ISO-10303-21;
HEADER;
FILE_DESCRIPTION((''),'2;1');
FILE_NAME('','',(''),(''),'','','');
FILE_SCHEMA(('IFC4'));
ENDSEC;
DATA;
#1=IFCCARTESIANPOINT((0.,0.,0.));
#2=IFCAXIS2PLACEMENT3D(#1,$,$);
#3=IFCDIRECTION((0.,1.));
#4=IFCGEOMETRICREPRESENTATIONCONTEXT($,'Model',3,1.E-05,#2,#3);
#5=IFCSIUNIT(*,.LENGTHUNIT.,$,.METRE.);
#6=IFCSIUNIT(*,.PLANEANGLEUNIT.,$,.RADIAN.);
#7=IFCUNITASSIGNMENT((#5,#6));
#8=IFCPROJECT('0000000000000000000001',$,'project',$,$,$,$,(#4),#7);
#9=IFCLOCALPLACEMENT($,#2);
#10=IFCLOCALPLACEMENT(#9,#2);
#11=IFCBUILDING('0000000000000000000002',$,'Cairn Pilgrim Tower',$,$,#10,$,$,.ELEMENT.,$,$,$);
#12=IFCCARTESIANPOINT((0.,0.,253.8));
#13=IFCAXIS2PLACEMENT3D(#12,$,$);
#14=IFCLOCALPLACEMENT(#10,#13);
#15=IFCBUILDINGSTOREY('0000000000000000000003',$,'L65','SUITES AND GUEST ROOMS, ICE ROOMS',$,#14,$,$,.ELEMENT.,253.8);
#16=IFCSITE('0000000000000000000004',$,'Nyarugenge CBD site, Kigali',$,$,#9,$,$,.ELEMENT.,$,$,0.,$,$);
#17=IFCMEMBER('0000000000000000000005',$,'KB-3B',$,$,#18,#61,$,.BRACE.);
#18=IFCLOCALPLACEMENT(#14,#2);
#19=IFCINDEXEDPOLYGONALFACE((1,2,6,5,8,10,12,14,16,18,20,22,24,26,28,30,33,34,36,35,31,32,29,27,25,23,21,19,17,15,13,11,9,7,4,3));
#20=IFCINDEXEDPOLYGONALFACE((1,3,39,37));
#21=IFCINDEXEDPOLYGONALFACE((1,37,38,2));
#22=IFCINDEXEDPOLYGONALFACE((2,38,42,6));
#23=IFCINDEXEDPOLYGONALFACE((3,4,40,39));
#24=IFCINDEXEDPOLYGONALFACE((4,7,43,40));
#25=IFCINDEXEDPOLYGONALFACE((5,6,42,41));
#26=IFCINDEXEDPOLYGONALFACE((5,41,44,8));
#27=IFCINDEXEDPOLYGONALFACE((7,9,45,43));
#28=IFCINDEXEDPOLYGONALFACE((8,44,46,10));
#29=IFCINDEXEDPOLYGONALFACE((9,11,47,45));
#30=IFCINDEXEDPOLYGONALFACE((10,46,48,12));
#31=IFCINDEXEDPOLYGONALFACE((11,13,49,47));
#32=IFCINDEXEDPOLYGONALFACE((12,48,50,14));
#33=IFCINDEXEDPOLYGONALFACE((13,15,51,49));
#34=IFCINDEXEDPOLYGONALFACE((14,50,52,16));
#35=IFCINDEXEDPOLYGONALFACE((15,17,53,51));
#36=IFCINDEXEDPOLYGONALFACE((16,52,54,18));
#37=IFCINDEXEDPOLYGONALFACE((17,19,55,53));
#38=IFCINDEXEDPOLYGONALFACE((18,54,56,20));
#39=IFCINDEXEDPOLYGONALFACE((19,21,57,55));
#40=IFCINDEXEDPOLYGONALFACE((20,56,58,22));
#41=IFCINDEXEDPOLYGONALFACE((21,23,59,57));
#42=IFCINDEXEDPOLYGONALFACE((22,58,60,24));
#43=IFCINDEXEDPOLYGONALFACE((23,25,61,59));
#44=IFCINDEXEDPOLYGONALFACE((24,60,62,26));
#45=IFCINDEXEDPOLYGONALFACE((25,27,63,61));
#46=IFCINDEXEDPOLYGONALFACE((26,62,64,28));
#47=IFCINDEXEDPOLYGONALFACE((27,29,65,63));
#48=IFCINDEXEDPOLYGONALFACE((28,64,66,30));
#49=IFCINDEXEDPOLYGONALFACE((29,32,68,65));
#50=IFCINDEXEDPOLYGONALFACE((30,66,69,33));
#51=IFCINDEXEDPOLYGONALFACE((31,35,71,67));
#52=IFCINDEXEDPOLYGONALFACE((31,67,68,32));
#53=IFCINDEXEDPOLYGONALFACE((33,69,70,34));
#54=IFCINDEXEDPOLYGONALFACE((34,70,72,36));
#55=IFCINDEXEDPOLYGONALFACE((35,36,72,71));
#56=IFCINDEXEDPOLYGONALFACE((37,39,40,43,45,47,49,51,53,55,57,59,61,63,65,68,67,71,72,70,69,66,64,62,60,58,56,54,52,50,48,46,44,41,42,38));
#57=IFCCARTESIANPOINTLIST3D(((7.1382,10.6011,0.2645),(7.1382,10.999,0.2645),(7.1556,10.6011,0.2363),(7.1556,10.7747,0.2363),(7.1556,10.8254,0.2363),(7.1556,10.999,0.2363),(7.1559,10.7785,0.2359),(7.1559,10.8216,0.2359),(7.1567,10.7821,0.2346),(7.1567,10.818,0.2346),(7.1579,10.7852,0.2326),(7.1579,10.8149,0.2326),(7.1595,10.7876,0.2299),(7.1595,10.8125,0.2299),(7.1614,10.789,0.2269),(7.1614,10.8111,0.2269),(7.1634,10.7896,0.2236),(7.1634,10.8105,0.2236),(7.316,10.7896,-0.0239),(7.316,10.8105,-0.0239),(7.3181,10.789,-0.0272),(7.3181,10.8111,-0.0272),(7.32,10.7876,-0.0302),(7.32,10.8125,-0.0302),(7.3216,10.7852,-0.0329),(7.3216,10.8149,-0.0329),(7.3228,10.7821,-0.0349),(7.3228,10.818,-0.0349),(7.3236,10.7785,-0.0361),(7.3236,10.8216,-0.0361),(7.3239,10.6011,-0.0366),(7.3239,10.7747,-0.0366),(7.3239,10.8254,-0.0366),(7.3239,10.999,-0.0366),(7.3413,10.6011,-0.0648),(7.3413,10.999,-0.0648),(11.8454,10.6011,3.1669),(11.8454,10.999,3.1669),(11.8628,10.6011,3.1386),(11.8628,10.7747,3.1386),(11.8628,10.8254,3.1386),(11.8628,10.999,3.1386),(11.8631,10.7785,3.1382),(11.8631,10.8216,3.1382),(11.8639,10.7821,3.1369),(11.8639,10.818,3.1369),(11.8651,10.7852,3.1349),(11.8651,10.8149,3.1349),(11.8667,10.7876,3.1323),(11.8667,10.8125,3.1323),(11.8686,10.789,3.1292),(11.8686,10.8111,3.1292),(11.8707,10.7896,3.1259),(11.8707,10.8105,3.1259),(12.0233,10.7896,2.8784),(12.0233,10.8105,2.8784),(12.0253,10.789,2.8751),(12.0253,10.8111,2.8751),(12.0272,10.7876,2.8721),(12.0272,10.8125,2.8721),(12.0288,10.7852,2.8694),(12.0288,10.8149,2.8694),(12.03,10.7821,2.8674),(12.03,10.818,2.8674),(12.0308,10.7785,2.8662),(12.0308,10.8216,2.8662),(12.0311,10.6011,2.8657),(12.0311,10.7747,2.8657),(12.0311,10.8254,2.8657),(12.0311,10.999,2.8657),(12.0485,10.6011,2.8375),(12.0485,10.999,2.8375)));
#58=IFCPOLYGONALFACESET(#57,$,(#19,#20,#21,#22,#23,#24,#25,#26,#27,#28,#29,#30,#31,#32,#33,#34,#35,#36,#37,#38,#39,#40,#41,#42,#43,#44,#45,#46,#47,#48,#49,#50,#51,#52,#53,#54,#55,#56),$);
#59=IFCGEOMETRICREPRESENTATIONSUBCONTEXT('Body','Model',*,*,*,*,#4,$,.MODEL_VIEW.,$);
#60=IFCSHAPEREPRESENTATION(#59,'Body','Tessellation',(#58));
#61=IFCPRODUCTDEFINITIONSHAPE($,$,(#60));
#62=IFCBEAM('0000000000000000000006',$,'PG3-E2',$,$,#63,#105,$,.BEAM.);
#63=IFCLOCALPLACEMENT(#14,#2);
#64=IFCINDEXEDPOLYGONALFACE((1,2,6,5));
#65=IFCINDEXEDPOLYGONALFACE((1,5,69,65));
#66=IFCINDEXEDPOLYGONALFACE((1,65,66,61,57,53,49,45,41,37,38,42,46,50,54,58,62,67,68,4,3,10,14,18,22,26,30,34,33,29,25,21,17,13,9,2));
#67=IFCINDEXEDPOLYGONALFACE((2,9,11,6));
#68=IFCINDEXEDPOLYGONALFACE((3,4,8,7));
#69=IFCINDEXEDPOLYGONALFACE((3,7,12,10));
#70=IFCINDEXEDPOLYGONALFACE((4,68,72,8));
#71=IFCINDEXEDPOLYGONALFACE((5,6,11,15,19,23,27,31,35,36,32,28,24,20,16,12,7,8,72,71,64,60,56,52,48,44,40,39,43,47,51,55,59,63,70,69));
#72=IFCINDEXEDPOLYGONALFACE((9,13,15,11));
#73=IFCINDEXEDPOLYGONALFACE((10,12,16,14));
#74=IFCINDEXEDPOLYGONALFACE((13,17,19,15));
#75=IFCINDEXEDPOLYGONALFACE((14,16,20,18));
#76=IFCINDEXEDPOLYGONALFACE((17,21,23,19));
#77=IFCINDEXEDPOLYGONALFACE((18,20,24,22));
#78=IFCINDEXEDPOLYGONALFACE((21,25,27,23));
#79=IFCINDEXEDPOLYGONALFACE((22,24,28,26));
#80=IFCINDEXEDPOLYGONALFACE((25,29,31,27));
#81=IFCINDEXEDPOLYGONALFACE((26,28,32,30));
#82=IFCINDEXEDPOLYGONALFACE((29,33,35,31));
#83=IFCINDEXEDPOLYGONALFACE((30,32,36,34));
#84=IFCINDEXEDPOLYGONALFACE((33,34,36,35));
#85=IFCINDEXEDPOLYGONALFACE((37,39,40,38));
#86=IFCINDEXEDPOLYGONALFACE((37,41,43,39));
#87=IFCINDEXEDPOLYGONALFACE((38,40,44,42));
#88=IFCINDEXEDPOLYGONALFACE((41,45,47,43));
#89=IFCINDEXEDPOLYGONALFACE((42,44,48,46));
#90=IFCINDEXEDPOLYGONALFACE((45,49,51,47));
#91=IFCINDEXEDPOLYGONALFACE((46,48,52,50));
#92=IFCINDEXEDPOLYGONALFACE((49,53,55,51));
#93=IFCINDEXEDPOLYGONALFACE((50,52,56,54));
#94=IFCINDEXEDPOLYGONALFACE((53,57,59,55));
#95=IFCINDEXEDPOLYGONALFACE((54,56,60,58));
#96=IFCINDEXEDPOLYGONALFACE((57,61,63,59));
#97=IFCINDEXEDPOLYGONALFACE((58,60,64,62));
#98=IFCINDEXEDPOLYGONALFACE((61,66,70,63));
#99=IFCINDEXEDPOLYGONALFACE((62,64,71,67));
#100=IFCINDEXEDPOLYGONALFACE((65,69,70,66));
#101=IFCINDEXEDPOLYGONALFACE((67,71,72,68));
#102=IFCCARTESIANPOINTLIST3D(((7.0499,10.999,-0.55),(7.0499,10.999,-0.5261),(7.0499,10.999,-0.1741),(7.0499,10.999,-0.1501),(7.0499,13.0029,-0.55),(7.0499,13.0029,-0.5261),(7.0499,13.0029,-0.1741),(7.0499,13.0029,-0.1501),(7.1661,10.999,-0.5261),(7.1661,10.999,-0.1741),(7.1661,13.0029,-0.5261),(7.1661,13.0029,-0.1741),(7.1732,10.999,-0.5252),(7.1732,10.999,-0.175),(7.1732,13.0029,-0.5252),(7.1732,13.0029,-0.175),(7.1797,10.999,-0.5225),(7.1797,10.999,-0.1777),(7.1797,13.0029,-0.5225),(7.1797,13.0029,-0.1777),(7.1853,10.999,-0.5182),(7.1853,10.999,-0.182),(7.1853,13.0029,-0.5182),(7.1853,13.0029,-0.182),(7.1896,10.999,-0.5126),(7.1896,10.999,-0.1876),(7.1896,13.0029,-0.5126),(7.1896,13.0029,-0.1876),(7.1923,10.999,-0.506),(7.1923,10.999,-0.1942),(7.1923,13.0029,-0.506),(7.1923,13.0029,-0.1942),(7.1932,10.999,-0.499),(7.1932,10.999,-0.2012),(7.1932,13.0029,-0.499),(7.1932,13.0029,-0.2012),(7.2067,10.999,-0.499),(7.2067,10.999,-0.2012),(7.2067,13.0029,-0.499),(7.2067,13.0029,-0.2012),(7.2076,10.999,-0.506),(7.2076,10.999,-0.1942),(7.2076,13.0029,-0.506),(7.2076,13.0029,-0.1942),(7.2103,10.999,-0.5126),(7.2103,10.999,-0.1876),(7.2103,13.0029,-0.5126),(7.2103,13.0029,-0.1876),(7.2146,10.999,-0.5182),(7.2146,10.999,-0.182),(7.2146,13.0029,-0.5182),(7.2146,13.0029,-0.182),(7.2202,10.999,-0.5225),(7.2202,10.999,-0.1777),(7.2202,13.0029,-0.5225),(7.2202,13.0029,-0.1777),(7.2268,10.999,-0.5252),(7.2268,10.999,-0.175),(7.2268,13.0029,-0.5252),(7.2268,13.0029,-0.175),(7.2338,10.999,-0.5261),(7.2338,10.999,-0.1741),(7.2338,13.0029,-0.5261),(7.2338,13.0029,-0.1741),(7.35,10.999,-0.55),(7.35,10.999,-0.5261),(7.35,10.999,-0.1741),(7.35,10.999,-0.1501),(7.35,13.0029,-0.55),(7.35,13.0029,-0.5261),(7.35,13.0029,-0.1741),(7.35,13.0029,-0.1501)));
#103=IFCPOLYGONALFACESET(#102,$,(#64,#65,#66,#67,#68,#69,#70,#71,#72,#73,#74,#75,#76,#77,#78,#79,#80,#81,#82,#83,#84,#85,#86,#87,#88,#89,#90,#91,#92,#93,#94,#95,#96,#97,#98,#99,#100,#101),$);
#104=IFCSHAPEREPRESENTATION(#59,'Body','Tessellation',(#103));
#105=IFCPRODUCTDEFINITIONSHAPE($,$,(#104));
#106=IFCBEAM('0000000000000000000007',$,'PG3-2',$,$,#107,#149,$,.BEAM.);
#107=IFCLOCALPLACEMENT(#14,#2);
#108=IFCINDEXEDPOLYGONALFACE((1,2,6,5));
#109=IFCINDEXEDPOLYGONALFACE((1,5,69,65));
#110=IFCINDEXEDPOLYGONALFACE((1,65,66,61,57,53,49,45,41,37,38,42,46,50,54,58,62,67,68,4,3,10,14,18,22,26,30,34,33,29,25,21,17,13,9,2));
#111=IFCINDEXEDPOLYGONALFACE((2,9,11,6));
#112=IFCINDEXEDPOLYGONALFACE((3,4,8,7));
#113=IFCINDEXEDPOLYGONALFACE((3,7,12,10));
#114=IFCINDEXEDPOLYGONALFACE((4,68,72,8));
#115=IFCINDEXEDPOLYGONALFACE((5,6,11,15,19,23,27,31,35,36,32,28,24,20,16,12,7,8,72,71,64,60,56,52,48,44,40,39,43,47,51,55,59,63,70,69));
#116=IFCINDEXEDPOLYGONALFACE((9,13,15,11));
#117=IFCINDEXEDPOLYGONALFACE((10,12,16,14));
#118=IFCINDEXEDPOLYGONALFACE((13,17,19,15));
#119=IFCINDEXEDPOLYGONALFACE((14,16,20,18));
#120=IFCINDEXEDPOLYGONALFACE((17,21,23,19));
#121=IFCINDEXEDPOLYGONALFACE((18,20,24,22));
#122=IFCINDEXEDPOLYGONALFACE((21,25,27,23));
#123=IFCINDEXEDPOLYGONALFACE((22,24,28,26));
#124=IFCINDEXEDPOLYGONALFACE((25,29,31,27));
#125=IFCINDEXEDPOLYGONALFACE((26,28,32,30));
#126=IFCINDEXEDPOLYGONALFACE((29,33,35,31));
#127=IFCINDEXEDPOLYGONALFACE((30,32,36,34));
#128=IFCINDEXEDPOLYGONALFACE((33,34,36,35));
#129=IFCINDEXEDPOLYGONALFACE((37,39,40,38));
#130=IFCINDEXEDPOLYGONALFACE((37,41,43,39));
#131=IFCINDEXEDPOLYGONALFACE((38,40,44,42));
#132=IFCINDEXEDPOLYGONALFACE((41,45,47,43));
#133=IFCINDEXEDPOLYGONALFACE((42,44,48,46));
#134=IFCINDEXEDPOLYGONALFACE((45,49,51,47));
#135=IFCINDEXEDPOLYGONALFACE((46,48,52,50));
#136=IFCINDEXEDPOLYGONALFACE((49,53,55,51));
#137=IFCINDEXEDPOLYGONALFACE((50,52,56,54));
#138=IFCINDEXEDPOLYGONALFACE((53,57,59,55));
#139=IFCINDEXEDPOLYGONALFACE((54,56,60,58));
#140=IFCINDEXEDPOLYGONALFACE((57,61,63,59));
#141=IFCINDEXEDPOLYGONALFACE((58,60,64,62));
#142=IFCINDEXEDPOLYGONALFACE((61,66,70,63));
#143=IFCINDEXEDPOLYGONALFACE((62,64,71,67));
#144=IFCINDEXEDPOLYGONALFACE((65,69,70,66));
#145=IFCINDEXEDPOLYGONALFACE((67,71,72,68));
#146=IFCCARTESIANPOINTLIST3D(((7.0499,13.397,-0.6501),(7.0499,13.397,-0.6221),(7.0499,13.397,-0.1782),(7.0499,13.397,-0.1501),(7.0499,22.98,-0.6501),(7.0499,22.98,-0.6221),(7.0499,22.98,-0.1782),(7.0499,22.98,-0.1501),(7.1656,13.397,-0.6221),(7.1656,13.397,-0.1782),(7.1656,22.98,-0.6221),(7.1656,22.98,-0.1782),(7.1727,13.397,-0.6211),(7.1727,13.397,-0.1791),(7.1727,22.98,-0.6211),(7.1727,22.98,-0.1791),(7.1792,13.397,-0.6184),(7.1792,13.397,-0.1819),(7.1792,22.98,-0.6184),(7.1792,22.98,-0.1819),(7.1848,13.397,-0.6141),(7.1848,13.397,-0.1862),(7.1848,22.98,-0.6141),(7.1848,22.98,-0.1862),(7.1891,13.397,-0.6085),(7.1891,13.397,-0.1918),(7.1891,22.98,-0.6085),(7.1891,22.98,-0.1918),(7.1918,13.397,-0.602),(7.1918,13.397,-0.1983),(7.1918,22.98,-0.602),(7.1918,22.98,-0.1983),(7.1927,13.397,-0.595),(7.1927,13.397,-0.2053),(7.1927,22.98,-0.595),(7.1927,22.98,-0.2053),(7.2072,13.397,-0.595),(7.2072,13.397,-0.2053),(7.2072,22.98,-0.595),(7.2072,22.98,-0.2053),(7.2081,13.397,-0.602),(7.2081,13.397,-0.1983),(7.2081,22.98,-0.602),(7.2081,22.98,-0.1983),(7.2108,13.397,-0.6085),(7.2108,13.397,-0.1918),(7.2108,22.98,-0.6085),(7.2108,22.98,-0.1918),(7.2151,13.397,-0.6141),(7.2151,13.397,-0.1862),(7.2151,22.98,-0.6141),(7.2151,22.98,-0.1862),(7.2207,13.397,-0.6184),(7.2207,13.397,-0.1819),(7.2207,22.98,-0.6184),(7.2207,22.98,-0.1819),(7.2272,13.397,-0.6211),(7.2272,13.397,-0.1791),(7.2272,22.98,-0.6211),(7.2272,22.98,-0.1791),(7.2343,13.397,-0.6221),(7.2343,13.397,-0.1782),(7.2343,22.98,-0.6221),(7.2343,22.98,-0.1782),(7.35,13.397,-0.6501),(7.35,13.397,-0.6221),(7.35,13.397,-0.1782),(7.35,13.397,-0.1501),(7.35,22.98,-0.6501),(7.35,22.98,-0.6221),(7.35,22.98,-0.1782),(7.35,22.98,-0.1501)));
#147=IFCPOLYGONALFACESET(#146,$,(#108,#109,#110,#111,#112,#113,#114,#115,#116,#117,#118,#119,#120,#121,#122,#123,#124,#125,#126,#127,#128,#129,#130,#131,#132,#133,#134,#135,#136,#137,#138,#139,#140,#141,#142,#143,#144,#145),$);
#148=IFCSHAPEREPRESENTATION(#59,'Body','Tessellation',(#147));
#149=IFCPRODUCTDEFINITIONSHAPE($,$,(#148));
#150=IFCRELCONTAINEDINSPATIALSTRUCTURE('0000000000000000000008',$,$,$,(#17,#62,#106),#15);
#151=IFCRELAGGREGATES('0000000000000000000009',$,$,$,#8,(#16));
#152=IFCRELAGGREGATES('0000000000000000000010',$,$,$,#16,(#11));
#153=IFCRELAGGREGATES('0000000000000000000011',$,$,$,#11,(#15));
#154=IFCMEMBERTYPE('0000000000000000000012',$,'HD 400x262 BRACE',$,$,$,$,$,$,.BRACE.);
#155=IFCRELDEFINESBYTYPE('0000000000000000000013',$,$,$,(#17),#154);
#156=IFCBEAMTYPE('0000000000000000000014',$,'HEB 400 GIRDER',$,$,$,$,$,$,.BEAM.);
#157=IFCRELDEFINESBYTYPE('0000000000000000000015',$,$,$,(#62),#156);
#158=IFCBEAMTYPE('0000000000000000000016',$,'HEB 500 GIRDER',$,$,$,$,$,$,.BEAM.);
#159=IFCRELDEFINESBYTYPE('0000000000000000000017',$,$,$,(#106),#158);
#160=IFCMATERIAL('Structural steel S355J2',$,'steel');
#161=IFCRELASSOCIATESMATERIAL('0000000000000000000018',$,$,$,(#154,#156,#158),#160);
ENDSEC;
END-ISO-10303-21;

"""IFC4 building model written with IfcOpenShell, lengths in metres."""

from ifc_helpers import new_model, si_unit, direction, frame, origin, origin_2d, place, context, subcontext, project, spatial, i_section, extrude, material, material_profile, profile_set, type_object, element, save


model = new_model("IFC4")

# Units and contexts
model_context = context("Model", 3, precision=1e-05, world=origin(), true_north=direction((0.0, 1.0)))
body_context = subcontext(model_context, "Body", "Model", "MODEL_VIEW")
ifc_project = project(units=[si_unit("LENGTHUNIT", "METRE"), si_unit("PLANEANGLEUNIT", "RADIAN")], contexts=[model_context])

# Site, building, storey
site_placement = place(None, origin())
site = spatial("IfcSite", under=ifc_project, at=site_placement, Name="Nyarugenge CBD site, Kigali", CompositionType="ELEMENT", RefElevation=0.0)
building_placement = place(site_placement, origin())
building = spatial("IfcBuilding", under=site, at=building_placement, Name="Cairn Pilgrim Tower", CompositionType="ELEMENT")
storey_placement = place(building_placement, frame((0.0, 0.0, 253.8)))
storey = spatial("IfcBuildingStorey", under=building, at=storey_placement, Name="L65", Description="SUITES AND GUEST ROOMS, ICE ROOMS", CompositionType="ELEMENT", Elevation=253.8)

# Shared definitions
ifc_material_1 = material(Name="Structural steel S355J2", Category="steel")

# Member
ifc_material_profile_1 = material_profile(ifc_material_1, i_section(OverallWidth=0.3979, OverallDepth=0.387, WebThickness=0.021, FlangeThickness=0.0332, FilletRadius=0.0149, at=origin_2d()), Name="HD 400x262")
ifc_profile_set_1 = profile_set([ifc_material_profile_1], Name="Structural steel S355J2")
member_type_1 = type_object("IfcMemberType", Name="HD 400x262 BRACE", PredefinedType="BRACE", material=ifc_profile_set_1)
member_1_placement = place(storey_placement, frame((7.2397, 10.8, 0.0999), z_axis=(0.851209, 0.0, 0.524826), x_axis=(0.0, 1.0, 0.0)))
element("IfcMember", 1, at=member_1_placement, inside=storey, type_object=member_type_1, Name="KB-3B", PredefinedType="BRACE", context=body_context, shape_type="SweptSolid", body=[
    extrude(i_section(OverallWidth=0.3979, OverallDepth=0.387, WebThickness=0.021, FlangeThickness=0.0332, FilletRadius=0.0149, at=origin_2d()), origin(), (0.0, 0.0, 1.0), 5.53),
])

# Beams
ifc_material_profile_2 = material_profile(ifc_material_1, i_section(OverallWidth=0.3, OverallDepth=0.3999, WebThickness=0.0134, FlangeThickness=0.0239, FilletRadius=0.0271, at=origin_2d()), Name="HEB 400")
ifc_profile_set_2 = profile_set([ifc_material_profile_2], Name="Structural steel S355J2")
beam_type_1 = type_object("IfcBeamType", Name="HEB 400 GIRDER", PredefinedType="BEAM", material=ifc_profile_set_2)
beam_1_placement = place(storey_placement, frame((7.2, 10.999, -0.3501), z_axis=(0.0, 1.0, 0.0), x_axis=(-1.0, 0.0, 0.0)))
element("IfcBeam", 2, at=beam_1_placement, inside=storey, type_object=beam_type_1, Name="PG3-E2", PredefinedType="BEAM", context=body_context, shape_type="SweptSolid", body=[
    extrude(i_section(OverallWidth=0.3, OverallDepth=0.3999, WebThickness=0.0134, FlangeThickness=0.0239, FilletRadius=0.0271, at=origin_2d()), origin(), (0.0, 0.0, 1.0), 2.0039),
])
ifc_material_profile_3 = material_profile(ifc_material_1, i_section(OverallWidth=0.3, OverallDepth=0.5, WebThickness=0.0144, FlangeThickness=0.0281, FilletRadius=0.0271, at=origin_2d()), Name="HEB 500")
ifc_profile_set_3 = profile_set([ifc_material_profile_3], Name="Structural steel S355J2")
beam_type_2 = type_object("IfcBeamType", Name="HEB 500 GIRDER", PredefinedType="BEAM", material=ifc_profile_set_3)
beam_2_placement = place(storey_placement, frame((7.2, 13.397, -0.4001), z_axis=(0.0, 1.0, 0.0), x_axis=(-1.0, 0.0, 0.0)))
element("IfcBeam", 3, at=beam_2_placement, inside=storey, type_object=beam_type_2, Name="PG3-2", PredefinedType="BEAM", context=body_context, shape_type="SweptSolid", body=[
    extrude(i_section(OverallWidth=0.3, OverallDepth=0.5, WebThickness=0.0144, FlangeThickness=0.0281, FilletRadius=0.0271, at=origin_2d()), origin(), (0.0, 0.0, 1.0), 9.583),
])

save(model, "model.ifc")
